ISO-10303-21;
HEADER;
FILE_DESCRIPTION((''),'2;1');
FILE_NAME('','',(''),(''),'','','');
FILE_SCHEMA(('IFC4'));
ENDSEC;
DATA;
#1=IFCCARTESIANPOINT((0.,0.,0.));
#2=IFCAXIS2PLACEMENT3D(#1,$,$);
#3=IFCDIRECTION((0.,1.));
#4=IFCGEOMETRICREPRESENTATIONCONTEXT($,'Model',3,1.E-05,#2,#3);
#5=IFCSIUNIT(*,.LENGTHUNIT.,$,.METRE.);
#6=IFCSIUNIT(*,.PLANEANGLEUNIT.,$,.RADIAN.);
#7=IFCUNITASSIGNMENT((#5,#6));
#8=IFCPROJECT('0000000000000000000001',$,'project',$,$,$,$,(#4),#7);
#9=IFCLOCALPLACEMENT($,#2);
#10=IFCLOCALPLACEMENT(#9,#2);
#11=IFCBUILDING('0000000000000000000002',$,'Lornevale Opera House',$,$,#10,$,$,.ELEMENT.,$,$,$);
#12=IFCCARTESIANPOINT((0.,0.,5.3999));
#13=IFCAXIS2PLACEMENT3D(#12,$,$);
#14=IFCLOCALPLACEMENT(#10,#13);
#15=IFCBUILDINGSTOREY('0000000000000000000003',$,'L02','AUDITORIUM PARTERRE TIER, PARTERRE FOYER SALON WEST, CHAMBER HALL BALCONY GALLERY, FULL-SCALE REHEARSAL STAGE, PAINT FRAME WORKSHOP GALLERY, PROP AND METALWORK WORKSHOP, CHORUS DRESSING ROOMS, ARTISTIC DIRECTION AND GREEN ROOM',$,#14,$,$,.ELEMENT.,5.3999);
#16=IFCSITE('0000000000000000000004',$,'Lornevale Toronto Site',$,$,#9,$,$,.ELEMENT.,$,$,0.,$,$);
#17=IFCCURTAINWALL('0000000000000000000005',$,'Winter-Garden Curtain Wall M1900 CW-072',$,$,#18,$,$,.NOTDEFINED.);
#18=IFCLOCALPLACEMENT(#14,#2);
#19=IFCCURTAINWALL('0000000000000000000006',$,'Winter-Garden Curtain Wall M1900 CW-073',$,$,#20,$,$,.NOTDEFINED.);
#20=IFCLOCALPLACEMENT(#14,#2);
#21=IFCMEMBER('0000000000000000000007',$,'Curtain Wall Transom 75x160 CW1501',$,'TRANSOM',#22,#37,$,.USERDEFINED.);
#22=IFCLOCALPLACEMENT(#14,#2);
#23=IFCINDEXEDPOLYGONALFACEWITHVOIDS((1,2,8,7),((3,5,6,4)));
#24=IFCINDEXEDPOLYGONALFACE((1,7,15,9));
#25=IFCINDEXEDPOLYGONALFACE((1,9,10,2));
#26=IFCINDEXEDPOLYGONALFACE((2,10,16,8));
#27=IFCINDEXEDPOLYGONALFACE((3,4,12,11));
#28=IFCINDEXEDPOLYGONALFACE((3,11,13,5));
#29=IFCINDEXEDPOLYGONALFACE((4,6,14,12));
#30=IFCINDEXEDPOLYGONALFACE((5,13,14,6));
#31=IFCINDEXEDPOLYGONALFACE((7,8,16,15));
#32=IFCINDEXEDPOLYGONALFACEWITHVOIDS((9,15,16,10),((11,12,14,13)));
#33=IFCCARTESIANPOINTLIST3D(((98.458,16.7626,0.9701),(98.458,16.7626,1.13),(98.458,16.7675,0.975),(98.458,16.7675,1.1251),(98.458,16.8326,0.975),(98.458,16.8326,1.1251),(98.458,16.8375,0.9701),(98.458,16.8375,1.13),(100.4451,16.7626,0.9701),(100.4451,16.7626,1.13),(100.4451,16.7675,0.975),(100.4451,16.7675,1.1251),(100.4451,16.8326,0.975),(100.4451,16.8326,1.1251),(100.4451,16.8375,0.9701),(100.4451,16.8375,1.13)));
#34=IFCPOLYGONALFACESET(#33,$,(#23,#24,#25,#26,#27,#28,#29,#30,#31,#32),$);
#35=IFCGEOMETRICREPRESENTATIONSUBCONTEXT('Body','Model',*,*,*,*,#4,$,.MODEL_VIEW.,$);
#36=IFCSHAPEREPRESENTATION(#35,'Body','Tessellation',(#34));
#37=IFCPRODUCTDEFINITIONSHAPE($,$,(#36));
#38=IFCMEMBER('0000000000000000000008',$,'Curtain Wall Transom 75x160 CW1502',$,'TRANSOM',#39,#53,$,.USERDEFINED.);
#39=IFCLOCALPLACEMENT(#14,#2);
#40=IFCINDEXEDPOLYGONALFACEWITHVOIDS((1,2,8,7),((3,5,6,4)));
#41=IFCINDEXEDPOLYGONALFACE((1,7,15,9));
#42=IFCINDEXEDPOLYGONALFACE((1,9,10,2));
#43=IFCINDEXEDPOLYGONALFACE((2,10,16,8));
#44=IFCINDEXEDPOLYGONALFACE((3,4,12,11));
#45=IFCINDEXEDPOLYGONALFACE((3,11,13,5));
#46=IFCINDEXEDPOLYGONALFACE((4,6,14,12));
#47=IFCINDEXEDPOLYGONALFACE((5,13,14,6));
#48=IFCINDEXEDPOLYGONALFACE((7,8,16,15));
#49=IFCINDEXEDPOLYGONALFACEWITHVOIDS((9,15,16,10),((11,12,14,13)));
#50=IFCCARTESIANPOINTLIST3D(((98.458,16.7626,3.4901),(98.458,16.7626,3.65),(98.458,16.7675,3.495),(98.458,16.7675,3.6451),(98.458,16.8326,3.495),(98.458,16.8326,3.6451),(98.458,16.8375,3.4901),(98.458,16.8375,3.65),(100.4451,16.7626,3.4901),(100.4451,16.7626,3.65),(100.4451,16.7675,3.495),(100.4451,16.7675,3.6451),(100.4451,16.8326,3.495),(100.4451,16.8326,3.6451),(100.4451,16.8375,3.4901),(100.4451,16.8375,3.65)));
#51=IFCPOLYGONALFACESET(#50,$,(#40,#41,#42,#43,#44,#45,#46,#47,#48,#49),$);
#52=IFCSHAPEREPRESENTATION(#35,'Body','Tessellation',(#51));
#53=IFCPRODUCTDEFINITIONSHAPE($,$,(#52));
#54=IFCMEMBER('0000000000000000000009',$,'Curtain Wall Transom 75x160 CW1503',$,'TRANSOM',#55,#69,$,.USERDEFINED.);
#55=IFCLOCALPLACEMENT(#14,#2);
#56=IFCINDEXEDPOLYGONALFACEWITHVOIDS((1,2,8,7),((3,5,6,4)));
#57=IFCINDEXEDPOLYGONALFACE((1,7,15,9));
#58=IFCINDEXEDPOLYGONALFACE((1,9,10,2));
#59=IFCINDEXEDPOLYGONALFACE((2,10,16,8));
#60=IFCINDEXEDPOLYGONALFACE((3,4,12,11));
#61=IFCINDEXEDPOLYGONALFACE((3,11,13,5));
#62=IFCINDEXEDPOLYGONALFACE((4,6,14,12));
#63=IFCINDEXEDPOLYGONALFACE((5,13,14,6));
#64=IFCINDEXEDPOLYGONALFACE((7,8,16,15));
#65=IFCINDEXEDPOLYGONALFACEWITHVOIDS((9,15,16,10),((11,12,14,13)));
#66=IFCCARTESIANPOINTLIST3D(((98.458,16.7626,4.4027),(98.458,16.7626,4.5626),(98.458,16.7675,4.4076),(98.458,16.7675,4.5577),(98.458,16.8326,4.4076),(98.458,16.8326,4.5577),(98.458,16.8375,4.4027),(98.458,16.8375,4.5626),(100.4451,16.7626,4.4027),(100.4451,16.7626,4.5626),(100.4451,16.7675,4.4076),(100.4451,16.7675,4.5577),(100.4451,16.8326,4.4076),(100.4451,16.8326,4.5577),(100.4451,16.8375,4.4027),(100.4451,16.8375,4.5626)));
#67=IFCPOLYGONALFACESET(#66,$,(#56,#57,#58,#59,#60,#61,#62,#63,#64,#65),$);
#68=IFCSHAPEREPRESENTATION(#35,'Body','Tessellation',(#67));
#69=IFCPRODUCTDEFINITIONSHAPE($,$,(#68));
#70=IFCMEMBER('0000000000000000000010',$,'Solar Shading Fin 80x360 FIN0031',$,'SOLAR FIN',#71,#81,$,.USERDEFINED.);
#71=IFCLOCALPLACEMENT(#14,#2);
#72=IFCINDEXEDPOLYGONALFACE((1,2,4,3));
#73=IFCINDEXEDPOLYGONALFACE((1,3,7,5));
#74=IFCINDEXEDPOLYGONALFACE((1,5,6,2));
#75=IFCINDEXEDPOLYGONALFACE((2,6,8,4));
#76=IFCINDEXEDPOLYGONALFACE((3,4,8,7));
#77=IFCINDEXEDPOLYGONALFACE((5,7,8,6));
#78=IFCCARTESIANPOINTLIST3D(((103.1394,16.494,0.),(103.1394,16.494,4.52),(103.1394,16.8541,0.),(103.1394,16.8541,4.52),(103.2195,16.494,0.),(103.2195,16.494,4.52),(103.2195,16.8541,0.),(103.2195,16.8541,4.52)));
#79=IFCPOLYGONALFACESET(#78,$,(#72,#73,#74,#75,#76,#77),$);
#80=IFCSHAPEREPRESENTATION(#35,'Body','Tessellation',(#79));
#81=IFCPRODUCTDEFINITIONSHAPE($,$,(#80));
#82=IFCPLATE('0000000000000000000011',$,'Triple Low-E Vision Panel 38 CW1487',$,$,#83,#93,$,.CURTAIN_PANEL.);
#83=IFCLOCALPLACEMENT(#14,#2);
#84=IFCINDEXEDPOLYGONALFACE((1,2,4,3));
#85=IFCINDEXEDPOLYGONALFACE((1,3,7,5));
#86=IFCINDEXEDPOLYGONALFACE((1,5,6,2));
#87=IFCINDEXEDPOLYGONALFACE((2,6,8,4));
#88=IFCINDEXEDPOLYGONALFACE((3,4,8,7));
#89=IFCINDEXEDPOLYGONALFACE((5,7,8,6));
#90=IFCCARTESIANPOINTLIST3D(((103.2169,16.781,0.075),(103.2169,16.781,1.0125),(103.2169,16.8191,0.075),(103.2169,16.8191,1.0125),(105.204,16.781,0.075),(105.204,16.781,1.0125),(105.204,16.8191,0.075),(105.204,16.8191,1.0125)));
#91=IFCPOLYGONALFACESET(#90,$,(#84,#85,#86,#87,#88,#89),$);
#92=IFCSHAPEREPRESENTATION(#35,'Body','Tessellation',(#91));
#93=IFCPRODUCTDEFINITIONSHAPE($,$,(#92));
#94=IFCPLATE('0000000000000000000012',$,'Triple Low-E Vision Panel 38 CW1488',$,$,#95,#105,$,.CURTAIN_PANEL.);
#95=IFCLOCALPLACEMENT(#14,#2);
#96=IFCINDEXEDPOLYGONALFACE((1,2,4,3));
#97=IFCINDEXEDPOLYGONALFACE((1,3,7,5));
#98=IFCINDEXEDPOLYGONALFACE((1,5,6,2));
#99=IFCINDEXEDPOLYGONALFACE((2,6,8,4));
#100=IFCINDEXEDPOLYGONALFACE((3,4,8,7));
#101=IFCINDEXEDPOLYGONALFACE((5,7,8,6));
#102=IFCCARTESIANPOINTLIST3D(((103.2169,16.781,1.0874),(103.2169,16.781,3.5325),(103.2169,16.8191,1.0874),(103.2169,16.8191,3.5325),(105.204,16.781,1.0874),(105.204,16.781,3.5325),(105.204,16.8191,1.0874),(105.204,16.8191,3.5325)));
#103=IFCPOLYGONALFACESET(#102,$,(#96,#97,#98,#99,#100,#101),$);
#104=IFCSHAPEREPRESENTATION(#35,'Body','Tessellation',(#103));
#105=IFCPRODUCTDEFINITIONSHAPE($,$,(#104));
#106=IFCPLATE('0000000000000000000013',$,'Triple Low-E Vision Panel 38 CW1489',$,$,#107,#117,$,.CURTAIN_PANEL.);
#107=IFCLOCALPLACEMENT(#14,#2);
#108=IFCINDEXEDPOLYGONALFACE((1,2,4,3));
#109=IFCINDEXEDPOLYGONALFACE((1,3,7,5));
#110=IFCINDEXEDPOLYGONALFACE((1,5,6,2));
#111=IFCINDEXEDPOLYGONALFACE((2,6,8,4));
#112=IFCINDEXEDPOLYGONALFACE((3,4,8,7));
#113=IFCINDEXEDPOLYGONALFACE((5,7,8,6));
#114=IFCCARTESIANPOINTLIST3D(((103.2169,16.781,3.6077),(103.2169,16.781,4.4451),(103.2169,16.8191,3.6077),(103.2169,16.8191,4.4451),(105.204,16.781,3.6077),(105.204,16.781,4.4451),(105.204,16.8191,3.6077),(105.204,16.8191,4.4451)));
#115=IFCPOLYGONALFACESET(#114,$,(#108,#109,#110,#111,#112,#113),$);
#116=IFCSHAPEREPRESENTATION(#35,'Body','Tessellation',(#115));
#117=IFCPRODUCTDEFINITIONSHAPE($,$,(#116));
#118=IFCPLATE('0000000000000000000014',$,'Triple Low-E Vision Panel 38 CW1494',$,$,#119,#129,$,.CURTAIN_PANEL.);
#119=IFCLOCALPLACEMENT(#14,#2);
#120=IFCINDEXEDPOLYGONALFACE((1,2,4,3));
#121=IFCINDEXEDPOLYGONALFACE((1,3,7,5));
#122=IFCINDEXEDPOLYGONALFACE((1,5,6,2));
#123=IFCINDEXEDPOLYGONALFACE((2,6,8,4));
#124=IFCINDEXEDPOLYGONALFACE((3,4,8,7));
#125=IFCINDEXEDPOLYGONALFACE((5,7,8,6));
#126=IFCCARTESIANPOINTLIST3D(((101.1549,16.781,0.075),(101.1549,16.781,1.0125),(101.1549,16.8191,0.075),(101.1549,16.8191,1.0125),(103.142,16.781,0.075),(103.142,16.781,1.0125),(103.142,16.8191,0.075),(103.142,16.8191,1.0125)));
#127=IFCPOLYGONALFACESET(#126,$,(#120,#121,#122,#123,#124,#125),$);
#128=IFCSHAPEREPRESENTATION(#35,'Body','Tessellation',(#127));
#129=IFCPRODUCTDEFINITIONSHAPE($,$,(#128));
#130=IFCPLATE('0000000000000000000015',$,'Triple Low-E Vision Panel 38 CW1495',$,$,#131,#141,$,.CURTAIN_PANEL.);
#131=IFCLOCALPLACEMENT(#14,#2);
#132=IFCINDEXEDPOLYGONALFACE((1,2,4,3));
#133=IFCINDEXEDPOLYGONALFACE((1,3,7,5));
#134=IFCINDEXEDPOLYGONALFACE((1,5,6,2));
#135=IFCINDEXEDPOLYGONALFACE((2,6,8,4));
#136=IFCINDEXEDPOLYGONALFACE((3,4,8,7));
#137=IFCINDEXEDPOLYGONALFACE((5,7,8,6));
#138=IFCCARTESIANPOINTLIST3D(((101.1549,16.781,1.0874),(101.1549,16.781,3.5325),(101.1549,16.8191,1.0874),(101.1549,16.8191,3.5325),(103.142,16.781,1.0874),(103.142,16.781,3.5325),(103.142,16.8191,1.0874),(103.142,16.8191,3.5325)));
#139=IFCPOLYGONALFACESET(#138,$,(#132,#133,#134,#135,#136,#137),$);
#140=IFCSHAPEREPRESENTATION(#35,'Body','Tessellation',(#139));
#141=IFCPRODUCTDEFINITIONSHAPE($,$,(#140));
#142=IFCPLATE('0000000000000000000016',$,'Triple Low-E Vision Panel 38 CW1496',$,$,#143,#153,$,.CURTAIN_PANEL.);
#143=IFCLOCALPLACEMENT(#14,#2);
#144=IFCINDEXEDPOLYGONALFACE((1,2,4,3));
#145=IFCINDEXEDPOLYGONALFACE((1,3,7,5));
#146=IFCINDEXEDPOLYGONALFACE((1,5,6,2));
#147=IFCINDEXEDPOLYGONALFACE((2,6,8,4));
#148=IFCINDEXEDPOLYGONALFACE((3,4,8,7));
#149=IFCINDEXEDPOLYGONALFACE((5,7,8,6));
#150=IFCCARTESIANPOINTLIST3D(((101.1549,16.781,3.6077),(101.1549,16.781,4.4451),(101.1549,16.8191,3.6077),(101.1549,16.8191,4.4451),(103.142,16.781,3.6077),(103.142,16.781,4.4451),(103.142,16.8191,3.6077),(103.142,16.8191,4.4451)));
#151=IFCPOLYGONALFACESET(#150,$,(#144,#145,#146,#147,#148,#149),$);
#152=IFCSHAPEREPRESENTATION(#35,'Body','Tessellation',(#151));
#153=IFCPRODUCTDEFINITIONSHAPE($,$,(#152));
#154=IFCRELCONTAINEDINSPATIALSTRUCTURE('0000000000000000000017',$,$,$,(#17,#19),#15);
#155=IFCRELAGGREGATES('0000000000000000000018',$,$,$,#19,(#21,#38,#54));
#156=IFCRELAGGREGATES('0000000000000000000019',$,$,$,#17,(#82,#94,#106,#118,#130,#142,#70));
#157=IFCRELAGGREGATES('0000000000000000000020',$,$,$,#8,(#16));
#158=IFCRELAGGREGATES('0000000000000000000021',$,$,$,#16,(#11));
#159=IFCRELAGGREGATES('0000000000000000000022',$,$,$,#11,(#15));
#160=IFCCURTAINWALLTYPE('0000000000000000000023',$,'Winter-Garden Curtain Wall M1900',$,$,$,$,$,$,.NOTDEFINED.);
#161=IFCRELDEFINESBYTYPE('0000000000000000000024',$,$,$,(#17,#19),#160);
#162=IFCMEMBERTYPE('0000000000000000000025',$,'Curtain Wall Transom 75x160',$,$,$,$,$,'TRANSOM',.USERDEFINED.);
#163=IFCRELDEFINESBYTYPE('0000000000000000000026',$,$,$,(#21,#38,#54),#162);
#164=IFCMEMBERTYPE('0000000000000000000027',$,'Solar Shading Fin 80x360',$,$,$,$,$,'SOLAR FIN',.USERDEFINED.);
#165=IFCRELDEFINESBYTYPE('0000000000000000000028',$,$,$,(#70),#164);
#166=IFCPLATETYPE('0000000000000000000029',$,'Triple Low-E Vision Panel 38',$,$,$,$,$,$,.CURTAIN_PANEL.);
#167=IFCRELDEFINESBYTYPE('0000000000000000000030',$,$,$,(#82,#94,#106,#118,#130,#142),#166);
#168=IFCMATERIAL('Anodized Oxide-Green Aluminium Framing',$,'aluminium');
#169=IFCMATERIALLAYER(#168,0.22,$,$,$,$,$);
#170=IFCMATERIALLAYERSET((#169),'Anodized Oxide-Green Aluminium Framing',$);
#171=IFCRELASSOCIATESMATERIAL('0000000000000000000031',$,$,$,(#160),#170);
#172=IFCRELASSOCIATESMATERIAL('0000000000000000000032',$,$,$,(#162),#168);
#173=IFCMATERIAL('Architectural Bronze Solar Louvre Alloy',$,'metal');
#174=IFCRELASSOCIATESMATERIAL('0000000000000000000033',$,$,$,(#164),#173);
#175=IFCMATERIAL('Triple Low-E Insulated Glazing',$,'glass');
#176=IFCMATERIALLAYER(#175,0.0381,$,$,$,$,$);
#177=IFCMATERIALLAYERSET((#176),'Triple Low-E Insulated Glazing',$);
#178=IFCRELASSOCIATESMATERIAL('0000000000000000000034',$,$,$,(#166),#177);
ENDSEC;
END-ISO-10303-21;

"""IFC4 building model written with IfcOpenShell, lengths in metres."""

from ifc_helpers import new_model, si_unit, direction, frame, origin, origin_2d, place, context, subcontext, project, spatial, rectangle, hollow_rectangle, extrude, material, layer, layer_set, material_profile, profile_set, type_object, element, aggregate, save


model = new_model("IFC4")

# Units and contexts
model_context = context("Model", 3, precision=1e-05, world=origin(), true_north=direction((0.0, 1.0)))
body_context = subcontext(model_context, "Body", "Model", "MODEL_VIEW")
ifc_project = project(units=[si_unit("LENGTHUNIT", "METRE"), si_unit("PLANEANGLEUNIT", "RADIAN")], contexts=[model_context])

# Site, building, storey
site_placement = place(None, origin())
site = spatial("IfcSite", under=ifc_project, at=site_placement, Name="Lornevale Toronto Site", CompositionType="ELEMENT", RefElevation=0.0)
building_placement = place(site_placement, origin())
building = spatial("IfcBuilding", under=site, at=building_placement, Name="Lornevale Opera House", CompositionType="ELEMENT")
storey_placement = place(building_placement, frame((0.0, 0.0, 5.3999)))
storey = spatial("IfcBuildingStorey", under=building, at=storey_placement, Name="L02", Description="AUDITORIUM PARTERRE TIER, PARTERRE FOYER SALON WEST, CHAMBER HALL BALCONY GALLERY, FULL-SCALE REHEARSAL STAGE, PAINT FRAME WORKSHOP GALLERY, PROP AND METALWORK WORKSHOP, CHORUS DRESSING ROOMS, ARTISTIC DIRECTION AND GREEN ROOM", CompositionType="ELEMENT", Elevation=5.3999)

# Curtain wall
ifc_material_1 = material(Name="Anodized Oxide-Green Aluminium Framing", Category="aluminium")
ifc_layer_1 = layer(ifc_material_1, 0.22)
ifc_layer_set_1 = layer_set([ifc_layer_1], Name="Anodized Oxide-Green Aluminium Framing")
curtain_wall_type = type_object("IfcCurtainWallType", Name="Winter-Garden Curtain Wall M1900", PredefinedType="NOTDEFINED", material=ifc_layer_set_1)
curtain_wall_1_placement = place(storey_placement, origin())
curtain_wall_1 = element("IfcCurtainWall", 1, at=curtain_wall_1_placement, inside=storey, type_object=curtain_wall_type, Name="Winter-Garden Curtain Wall M1900 CW-072", PredefinedType="NOTDEFINED")

# Curtain wall
curtain_wall_2_placement = place(storey_placement, origin())
curtain_wall_2 = element("IfcCurtainWall", 2, at=curtain_wall_2_placement, inside=storey, type_object=curtain_wall_type, Name="Winter-Garden Curtain Wall M1900 CW-073", PredefinedType="NOTDEFINED")

# Members
ifc_material_profile_1 = material_profile(ifc_material_1, hollow_rectangle(XDim=0.075, YDim=0.1599, WallThickness=0.0049, at=origin_2d()), Name="ALU75x160x5")
ifc_profile_set_1 = profile_set([ifc_material_profile_1], Name="Anodized Oxide-Green Aluminium Framing")
member_type_1 = type_object("IfcMemberType", Name="Curtain Wall Transom 75x160", ElementType="TRANSOM", PredefinedType="USERDEFINED", material=ifc_profile_set_1)
member_1_placement = place(storey_placement, frame((100.4451, 16.8, 1.05), z_axis=(-1.0, 0.0, 0.0), x_axis=(0.0, -1.0, 0.0)))
member_1 = element("IfcMember", 3, at=member_1_placement, type_object=member_type_1, Name="Curtain Wall Transom 75x160 CW1501", ObjectType="TRANSOM", PredefinedType="USERDEFINED", context=body_context, shape_type="SweptSolid", body=[
    extrude(hollow_rectangle(XDim=0.075, YDim=0.1599, WallThickness=0.0049, at=origin_2d()), origin(), (0.0, 0.0, 1.0), 1.9871),
])
member_2_placement = place(storey_placement, frame((100.4451, 16.8, 3.5701), z_axis=(-1.0, 0.0, 0.0), x_axis=(0.0, -1.0, 0.0)))
member_2 = element("IfcMember", 4, at=member_2_placement, type_object=member_type_1, Name="Curtain Wall Transom 75x160 CW1502", ObjectType="TRANSOM", PredefinedType="USERDEFINED", context=body_context, shape_type="SweptSolid", body=[
    extrude(hollow_rectangle(XDim=0.075, YDim=0.1599, WallThickness=0.0049, at=origin_2d()), origin(), (0.0, 0.0, 1.0), 1.9871),
])
member_3_placement = place(storey_placement, frame((100.4451, 16.8, 4.4827), z_axis=(-1.0, 0.0, 0.0), x_axis=(0.0, -1.0, 0.0)))
member_3 = element("IfcMember", 5, at=member_3_placement, type_object=member_type_1, Name="Curtain Wall Transom 75x160 CW1503", ObjectType="TRANSOM", PredefinedType="USERDEFINED", context=body_context, shape_type="SweptSolid", body=[
    extrude(hollow_rectangle(XDim=0.075, YDim=0.1599, WallThickness=0.0049, at=origin_2d()), origin(), (0.0, 0.0, 1.0), 1.9871),
])
aggregate(curtain_wall_2, [member_1, member_2, member_3])
ifc_material_2 = material(Name="Architectural Bronze Solar Louvre Alloy", Category="metal")
ifc_material_profile_2 = material_profile(ifc_material_2, rectangle(XDim=0.0801, YDim=0.3601, at=origin_2d()), Name="FIN80x360")
ifc_profile_set_2 = profile_set([ifc_material_profile_2], Name="Architectural Bronze Solar Louvre Alloy")
member_type_2 = type_object("IfcMemberType", Name="Solar Shading Fin 80x360", ElementType="SOLAR FIN", PredefinedType="USERDEFINED", material=ifc_profile_set_2)
member_4_placement = place(storey_placement, frame((103.1794, 16.6741, 0.0), z_axis=(0.0, 0.0, 1.0), x_axis=(-1.0, 0.0, 0.0)))
member_4 = element("IfcMember", 6, at=member_4_placement, type_object=member_type_2, Name="Solar Shading Fin 80x360 FIN0031", ObjectType="SOLAR FIN", PredefinedType="USERDEFINED", context=body_context, shape_type="SweptSolid", body=[
    extrude(rectangle(XDim=0.0801, YDim=0.3601, at=origin_2d()), origin(), (0.0, 0.0, 1.0), 4.52),
])

# Plates
ifc_material_3 = material(Name="Triple Low-E Insulated Glazing", Category="glass")
ifc_layer_2 = layer(ifc_material_3, 0.0381)
ifc_layer_set_2 = layer_set([ifc_layer_2], Name="Triple Low-E Insulated Glazing")
plate_type = type_object("IfcPlateType", Name="Triple Low-E Vision Panel 38", PredefinedType="CURTAIN_PANEL", material=ifc_layer_set_2)
plate_1_placement = place(storey_placement, frame((104.2104, 16.8, 0.075), z_axis=(0.0, 0.0, 1.0), x_axis=(-1.0, 0.0, 0.0)))
plate_1 = element("IfcPlate", 7, at=plate_1_placement, type_object=plate_type, Name="Triple Low-E Vision Panel 38 CW1487", PredefinedType="CURTAIN_PANEL", context=body_context, shape_type="SweptSolid", body=[
    extrude(rectangle(XDim=1.9871, YDim=0.0381, at=origin_2d()), origin(), (0.0, 0.0, 1.0), 0.9375),
])
plate_2_placement = place(storey_placement, frame((104.2104, 16.8, 1.0874), z_axis=(0.0, 0.0, 1.0), x_axis=(-1.0, 0.0, 0.0)))
plate_2 = element("IfcPlate", 8, at=plate_2_placement, type_object=plate_type, Name="Triple Low-E Vision Panel 38 CW1488", PredefinedType="CURTAIN_PANEL", context=body_context, shape_type="SweptSolid", body=[
    extrude(rectangle(XDim=1.9871, YDim=0.0381, at=origin_2d()), origin(), (0.0, 0.0, 1.0), 2.4451),
])
plate_3_placement = place(storey_placement, frame((104.2104, 16.8, 3.6077), z_axis=(0.0, 0.0, 1.0), x_axis=(-1.0, 0.0, 0.0)))
plate_3 = element("IfcPlate", 9, at=plate_3_placement, type_object=plate_type, Name="Triple Low-E Vision Panel 38 CW1489", PredefinedType="CURTAIN_PANEL", context=body_context, shape_type="SweptSolid", body=[
    extrude(rectangle(XDim=1.9871, YDim=0.0381, at=origin_2d()), origin(), (0.0, 0.0, 1.0), 0.8374),
])
plate_4_placement = place(storey_placement, frame((102.1484, 16.8, 0.075), z_axis=(0.0, 0.0, 1.0), x_axis=(-1.0, 0.0, 0.0)))
plate_4 = element("IfcPlate", 10, at=plate_4_placement, type_object=plate_type, Name="Triple Low-E Vision Panel 38 CW1494", PredefinedType="CURTAIN_PANEL", context=body_context, shape_type="SweptSolid", body=[
    extrude(rectangle(XDim=1.9871, YDim=0.0381, at=origin_2d()), origin(), (0.0, 0.0, 1.0), 0.9375),
])
plate_5_placement = place(storey_placement, frame((102.1484, 16.8, 1.0874), z_axis=(0.0, 0.0, 1.0), x_axis=(-1.0, 0.0, 0.0)))
plate_5 = element("IfcPlate", 11, at=plate_5_placement, type_object=plate_type, Name="Triple Low-E Vision Panel 38 CW1495", PredefinedType="CURTAIN_PANEL", context=body_context, shape_type="SweptSolid", body=[
    extrude(rectangle(XDim=1.9871, YDim=0.0381, at=origin_2d()), origin(), (0.0, 0.0, 1.0), 2.4451),
])
plate_6_placement = place(storey_placement, frame((102.1484, 16.8, 3.6077), z_axis=(0.0, 0.0, 1.0), x_axis=(-1.0, 0.0, 0.0)))
plate_6 = element("IfcPlate", 12, at=plate_6_placement, type_object=plate_type, Name="Triple Low-E Vision Panel 38 CW1496", PredefinedType="CURTAIN_PANEL", context=body_context, shape_type="SweptSolid", body=[
    extrude(rectangle(XDim=1.9871, YDim=0.0381, at=origin_2d()), origin(), (0.0, 0.0, 1.0), 0.8374),
])
aggregate(curtain_wall_1, [plate_1, plate_2, plate_3, plate_4, plate_5, plate_6, member_4])

save(model, "model.ifc")
